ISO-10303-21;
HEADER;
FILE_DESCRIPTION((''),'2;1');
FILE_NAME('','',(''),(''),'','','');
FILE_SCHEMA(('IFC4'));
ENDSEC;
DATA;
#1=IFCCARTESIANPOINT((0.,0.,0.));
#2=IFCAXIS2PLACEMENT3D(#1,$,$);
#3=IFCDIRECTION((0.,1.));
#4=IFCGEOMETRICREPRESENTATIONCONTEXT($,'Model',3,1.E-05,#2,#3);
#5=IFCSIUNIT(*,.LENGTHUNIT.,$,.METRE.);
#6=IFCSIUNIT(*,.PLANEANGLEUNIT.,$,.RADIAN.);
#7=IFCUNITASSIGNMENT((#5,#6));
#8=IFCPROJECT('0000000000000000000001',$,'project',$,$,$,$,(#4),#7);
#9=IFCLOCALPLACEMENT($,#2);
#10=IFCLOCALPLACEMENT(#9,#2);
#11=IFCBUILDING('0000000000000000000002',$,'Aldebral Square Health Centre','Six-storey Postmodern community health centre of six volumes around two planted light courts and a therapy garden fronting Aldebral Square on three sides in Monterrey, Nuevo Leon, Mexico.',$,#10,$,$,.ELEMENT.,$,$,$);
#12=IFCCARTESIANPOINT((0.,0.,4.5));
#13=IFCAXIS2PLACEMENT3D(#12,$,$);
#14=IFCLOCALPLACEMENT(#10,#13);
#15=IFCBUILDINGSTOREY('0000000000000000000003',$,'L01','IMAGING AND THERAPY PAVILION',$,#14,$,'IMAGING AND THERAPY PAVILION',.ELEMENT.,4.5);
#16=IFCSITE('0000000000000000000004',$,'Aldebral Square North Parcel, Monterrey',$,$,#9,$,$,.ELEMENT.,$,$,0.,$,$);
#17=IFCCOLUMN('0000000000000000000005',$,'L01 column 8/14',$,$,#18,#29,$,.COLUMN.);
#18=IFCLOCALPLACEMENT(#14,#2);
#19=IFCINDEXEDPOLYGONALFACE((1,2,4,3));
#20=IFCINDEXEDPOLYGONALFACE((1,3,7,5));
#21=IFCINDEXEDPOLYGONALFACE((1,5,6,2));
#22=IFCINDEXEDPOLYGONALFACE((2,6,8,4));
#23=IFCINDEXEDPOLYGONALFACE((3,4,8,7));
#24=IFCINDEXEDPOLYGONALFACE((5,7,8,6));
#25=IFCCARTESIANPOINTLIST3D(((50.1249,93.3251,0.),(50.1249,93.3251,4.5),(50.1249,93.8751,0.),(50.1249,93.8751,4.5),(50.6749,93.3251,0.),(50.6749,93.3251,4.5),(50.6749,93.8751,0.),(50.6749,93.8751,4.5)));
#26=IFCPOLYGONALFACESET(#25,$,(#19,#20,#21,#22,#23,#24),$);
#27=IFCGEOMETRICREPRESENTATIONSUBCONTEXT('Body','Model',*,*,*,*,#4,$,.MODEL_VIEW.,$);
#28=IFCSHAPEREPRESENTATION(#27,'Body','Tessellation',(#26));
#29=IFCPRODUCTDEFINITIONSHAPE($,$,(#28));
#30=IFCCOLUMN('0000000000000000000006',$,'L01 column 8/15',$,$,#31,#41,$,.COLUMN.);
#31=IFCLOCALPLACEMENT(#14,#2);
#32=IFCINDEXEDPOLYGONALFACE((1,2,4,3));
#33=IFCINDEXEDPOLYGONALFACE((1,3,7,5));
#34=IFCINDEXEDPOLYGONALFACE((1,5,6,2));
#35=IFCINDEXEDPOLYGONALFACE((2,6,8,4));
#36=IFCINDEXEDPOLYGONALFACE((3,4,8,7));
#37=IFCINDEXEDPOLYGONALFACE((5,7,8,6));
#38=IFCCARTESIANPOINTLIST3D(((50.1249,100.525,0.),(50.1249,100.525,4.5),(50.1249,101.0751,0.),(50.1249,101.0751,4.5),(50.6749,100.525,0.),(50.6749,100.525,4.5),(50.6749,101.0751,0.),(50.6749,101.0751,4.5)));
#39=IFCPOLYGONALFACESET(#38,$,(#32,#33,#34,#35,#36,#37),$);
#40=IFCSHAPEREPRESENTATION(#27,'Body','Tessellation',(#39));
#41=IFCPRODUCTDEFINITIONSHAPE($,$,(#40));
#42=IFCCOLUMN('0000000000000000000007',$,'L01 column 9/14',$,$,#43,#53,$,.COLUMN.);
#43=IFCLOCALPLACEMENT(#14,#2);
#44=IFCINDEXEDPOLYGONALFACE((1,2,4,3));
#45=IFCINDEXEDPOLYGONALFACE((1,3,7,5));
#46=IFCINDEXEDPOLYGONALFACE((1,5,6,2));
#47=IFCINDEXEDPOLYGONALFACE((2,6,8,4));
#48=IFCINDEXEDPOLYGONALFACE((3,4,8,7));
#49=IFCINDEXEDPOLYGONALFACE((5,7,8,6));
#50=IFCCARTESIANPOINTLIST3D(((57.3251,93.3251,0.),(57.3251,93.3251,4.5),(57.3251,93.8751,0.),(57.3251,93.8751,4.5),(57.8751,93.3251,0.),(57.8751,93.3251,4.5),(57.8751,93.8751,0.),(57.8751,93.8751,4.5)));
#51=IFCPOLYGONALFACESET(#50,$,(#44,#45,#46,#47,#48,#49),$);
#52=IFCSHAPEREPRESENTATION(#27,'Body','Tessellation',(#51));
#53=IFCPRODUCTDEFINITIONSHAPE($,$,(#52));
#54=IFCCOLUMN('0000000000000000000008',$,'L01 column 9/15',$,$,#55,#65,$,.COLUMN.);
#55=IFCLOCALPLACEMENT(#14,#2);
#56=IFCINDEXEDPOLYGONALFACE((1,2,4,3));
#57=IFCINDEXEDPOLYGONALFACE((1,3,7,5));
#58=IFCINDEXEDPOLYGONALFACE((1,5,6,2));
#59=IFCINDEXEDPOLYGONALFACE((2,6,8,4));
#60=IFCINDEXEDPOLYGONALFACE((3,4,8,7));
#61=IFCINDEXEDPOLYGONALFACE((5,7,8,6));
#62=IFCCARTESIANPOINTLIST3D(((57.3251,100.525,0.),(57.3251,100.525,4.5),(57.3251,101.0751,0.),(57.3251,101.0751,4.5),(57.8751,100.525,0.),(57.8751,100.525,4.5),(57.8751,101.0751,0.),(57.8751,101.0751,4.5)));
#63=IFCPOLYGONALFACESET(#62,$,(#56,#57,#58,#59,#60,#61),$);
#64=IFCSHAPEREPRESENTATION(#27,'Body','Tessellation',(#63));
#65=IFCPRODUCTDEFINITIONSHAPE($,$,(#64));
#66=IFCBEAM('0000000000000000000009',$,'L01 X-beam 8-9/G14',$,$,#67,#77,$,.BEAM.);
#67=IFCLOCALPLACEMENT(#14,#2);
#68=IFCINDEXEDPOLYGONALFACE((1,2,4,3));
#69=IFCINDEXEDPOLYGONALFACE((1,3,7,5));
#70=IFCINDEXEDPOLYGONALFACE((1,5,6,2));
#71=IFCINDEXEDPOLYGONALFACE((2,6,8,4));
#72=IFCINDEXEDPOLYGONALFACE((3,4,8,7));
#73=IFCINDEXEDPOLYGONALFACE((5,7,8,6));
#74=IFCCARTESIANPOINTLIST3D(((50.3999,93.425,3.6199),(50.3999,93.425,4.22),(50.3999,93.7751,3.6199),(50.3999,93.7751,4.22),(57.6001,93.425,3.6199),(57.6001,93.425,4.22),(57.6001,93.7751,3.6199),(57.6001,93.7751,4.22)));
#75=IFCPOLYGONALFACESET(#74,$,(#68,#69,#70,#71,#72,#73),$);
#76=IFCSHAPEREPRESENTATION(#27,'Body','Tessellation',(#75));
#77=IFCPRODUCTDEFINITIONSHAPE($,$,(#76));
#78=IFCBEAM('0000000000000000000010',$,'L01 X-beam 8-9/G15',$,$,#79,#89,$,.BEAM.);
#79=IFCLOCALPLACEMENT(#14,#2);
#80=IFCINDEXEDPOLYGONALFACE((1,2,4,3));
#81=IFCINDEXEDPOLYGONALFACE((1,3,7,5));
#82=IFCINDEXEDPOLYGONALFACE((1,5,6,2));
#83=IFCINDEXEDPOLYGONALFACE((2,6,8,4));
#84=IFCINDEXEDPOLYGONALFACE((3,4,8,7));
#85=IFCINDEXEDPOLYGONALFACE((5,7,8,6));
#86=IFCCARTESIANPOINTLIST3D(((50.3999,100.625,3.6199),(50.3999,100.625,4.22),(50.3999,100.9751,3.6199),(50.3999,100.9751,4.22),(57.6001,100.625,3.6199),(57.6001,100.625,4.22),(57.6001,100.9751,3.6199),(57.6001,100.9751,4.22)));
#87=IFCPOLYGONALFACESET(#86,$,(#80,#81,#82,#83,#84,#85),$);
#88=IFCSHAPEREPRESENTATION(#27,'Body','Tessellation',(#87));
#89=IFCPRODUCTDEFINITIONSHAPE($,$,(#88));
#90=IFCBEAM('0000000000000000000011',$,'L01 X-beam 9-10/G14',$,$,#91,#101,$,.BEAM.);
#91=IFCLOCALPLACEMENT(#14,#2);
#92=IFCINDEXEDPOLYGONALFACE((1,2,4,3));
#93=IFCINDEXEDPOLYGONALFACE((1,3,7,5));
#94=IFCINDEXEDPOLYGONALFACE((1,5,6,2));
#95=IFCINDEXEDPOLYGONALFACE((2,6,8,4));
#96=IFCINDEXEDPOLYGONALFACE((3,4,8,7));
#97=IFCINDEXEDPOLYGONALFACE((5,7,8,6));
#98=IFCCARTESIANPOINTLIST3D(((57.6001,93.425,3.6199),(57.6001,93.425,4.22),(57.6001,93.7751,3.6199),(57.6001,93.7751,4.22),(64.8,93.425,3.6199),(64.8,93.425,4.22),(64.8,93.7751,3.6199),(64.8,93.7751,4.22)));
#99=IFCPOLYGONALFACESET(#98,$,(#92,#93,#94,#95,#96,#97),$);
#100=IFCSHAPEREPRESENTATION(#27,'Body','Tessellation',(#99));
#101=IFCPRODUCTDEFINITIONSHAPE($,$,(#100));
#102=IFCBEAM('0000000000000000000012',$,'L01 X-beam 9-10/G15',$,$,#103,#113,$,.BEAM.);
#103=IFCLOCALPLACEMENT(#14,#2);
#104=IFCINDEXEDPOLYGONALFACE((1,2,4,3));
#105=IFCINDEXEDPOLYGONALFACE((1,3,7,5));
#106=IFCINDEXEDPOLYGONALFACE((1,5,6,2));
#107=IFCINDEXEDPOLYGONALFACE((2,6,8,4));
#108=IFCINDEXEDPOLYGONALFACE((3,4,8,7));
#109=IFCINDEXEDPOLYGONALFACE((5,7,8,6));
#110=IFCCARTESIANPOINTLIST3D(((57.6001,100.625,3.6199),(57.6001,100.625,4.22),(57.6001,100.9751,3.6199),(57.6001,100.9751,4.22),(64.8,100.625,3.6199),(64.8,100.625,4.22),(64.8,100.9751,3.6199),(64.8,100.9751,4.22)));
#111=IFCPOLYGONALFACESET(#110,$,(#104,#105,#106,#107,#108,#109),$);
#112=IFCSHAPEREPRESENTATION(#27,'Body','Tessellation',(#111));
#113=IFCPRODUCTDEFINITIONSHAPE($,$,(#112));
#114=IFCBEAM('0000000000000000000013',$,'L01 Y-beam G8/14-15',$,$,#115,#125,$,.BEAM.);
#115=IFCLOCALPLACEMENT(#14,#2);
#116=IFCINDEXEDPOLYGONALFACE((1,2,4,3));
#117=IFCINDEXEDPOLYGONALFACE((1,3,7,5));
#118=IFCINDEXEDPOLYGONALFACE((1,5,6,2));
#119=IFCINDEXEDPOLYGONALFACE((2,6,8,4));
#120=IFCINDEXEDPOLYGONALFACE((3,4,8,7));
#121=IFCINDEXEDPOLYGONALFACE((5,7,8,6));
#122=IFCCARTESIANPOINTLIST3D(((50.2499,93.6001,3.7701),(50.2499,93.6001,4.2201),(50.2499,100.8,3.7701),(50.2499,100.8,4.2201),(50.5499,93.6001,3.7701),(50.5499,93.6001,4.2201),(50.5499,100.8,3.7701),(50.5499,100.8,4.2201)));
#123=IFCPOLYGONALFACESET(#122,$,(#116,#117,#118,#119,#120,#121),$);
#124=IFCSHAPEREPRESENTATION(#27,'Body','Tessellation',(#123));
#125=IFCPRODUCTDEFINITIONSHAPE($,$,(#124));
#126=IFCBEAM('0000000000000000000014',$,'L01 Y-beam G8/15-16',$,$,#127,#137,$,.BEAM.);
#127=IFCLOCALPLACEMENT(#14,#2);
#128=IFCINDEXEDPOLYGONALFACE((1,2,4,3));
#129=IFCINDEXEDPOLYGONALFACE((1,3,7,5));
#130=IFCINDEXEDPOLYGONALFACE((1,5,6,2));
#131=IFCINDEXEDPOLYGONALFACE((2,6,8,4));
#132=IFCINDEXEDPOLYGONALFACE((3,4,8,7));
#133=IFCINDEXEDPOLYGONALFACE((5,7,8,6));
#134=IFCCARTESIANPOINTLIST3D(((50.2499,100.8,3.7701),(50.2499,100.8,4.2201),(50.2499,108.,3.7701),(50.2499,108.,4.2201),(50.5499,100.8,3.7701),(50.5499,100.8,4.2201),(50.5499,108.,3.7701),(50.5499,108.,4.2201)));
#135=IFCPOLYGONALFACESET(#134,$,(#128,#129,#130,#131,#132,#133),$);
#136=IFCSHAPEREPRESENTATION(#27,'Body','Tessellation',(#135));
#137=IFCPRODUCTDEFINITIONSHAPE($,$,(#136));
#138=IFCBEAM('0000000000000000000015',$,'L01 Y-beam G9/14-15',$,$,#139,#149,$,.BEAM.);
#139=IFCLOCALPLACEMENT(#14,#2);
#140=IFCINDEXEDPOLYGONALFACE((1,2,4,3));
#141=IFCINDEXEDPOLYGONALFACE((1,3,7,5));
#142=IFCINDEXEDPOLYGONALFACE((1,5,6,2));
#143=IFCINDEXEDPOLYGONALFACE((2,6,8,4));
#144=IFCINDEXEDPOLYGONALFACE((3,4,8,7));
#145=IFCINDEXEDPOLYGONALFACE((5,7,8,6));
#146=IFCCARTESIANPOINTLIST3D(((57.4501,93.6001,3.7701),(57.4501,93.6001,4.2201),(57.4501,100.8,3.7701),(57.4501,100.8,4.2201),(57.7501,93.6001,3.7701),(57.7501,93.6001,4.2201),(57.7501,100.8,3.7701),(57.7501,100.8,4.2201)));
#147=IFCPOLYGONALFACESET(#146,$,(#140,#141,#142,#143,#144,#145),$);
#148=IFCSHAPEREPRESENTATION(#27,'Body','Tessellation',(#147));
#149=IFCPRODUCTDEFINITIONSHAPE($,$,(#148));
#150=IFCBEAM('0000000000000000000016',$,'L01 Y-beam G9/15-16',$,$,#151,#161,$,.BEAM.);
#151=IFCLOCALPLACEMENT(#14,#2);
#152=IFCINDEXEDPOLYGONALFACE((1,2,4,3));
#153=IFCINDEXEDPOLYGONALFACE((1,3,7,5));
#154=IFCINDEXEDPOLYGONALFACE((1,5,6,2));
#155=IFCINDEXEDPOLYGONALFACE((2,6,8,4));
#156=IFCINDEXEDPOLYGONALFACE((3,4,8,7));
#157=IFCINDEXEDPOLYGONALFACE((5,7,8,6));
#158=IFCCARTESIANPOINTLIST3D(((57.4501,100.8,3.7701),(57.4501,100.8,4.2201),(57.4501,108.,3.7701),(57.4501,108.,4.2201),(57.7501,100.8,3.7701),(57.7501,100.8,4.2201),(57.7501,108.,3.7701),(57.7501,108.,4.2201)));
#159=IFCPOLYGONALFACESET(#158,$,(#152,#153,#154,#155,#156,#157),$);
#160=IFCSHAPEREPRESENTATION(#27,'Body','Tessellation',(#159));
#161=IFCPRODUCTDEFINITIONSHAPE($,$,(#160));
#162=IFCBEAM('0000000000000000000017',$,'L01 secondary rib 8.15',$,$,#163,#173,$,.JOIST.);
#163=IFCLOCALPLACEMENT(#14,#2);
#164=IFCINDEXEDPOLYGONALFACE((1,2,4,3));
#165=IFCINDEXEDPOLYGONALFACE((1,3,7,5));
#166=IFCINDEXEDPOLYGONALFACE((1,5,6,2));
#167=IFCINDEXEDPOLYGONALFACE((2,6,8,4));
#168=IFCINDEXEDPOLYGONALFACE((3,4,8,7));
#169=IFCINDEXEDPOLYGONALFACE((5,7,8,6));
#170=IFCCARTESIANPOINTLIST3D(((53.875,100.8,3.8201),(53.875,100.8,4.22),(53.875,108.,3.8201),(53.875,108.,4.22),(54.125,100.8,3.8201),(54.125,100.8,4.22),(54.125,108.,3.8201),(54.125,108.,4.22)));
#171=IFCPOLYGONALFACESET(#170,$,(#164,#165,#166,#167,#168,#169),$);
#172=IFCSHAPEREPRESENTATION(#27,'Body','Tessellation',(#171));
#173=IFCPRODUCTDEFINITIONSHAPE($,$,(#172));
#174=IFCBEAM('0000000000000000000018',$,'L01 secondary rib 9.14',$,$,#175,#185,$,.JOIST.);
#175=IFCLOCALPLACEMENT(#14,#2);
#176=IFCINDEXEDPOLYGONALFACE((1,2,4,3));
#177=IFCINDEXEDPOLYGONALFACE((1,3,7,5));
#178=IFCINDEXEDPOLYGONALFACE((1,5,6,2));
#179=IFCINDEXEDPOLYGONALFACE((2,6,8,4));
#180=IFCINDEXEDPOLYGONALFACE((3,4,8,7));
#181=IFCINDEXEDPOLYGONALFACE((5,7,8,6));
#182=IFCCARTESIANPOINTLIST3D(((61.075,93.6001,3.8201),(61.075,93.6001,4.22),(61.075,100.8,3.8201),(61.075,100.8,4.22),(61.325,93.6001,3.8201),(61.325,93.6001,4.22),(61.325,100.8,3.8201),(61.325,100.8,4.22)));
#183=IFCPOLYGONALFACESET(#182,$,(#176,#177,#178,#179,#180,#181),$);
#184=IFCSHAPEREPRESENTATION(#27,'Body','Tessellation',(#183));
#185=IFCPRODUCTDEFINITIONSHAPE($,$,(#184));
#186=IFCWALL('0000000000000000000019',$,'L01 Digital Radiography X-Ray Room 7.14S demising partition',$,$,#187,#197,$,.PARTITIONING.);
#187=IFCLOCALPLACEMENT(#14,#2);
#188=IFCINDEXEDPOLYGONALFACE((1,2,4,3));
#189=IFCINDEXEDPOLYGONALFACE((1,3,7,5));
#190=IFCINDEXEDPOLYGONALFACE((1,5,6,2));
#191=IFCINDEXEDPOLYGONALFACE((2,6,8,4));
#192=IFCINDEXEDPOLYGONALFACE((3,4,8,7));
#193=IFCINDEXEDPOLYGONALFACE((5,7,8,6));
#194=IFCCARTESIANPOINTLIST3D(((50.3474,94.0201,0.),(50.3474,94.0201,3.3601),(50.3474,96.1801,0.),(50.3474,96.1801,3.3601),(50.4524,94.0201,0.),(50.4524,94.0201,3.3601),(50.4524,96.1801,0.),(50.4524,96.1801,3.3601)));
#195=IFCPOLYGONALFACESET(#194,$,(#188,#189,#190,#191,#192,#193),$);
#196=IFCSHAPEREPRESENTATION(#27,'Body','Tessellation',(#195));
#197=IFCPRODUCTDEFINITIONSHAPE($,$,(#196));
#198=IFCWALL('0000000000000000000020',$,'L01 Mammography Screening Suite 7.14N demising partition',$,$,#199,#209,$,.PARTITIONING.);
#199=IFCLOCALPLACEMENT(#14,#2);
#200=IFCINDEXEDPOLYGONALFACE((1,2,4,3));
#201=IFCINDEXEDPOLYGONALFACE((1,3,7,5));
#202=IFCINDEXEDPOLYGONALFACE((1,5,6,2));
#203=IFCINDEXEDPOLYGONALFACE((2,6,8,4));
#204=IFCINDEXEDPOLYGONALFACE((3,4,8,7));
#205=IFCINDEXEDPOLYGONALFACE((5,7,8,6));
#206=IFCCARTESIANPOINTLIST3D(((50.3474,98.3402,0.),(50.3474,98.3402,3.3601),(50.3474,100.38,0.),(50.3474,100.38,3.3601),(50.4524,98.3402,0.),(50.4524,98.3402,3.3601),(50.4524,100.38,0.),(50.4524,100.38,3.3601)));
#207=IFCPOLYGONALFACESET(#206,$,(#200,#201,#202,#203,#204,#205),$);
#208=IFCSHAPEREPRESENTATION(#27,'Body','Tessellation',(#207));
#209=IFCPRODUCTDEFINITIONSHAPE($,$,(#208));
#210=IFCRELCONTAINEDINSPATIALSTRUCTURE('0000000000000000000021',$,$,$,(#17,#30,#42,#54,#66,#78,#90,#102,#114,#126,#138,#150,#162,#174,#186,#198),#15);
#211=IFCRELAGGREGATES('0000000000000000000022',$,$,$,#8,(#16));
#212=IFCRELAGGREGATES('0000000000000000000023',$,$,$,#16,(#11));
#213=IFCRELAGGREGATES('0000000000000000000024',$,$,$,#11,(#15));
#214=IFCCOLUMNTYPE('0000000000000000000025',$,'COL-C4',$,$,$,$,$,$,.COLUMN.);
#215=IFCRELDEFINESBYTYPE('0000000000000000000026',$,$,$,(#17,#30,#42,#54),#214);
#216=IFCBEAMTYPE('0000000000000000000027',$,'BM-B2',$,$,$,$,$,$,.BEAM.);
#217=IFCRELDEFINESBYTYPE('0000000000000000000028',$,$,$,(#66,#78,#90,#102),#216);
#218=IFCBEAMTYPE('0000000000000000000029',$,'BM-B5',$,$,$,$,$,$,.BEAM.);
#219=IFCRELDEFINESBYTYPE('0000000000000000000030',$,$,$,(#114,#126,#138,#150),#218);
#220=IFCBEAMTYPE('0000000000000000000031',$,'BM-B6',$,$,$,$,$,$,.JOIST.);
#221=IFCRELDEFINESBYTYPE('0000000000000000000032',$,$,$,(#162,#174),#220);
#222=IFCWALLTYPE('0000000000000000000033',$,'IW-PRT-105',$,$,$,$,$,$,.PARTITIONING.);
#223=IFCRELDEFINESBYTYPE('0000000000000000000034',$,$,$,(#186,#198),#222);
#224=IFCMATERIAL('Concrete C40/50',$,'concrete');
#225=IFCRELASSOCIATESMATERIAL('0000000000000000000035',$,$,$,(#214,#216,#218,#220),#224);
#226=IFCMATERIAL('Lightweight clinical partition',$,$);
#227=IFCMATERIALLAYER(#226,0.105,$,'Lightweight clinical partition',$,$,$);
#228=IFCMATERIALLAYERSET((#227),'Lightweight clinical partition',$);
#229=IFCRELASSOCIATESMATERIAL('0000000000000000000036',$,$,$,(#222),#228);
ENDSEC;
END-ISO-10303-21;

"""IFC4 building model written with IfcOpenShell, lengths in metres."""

from ifc_helpers import new_model, si_unit, direction, frame, frame_2d, origin, origin_2d, place, context, subcontext, project, spatial, rectangle, extrude, material, layer, layer_set, material_profile, profile_set, type_object, element, save


model = new_model("IFC4")

# Units and contexts
model_context = context("Model", 3, precision=1e-05, world=origin(), true_north=direction((0.0, 1.0)))
body_context = subcontext(model_context, "Body", "Model", "MODEL_VIEW")
ifc_project = project(units=[si_unit("LENGTHUNIT", "METRE"), si_unit("PLANEANGLEUNIT", "RADIAN")], contexts=[model_context])

# Site, building, storey
site_placement = place(None, origin())
site = spatial("IfcSite", under=ifc_project, at=site_placement, Name="Aldebral Square North Parcel, Monterrey", CompositionType="ELEMENT", RefElevation=0.0)
building_placement = place(site_placement, origin())
building = spatial("IfcBuilding", under=site, at=building_placement, Name="Aldebral Square Health Centre", Description="Six-storey Postmodern community health centre of six volumes around two planted light courts and a therapy garden fronting Aldebral Square on three sides in Monterrey, Nuevo Leon, Mexico.", CompositionType="ELEMENT")
storey_placement = place(building_placement, frame((0.0, 0.0, 4.5)))
storey = spatial("IfcBuildingStorey", under=building, at=storey_placement, Name="L01", Description="IMAGING AND THERAPY PAVILION", LongName="IMAGING AND THERAPY PAVILION", CompositionType="ELEMENT", Elevation=4.5)

# Columns
ifc_material_1 = material(Name="Concrete C40/50", Category="concrete")
ifc_material_profile_1 = material_profile(ifc_material_1, rectangle(XDim=0.55, YDim=0.55, at=origin_2d()), Name="RC 550x550")
ifc_profile_set_1 = profile_set([ifc_material_profile_1], Name="Concrete C40/50")
column_type = type_object("IfcColumnType", Name="COL-C4", PredefinedType="COLUMN", material=ifc_profile_set_1)
for number, where, z_axis, x_axis, name in (
    (1, (50.3999, 93.6001, 0.0), (0.0, 0.0, 1.0), (1.0, 0.0, 0.0), "L01 column 8/14"),
    (2, (50.3999, 100.8, 0.0), (0.0, 0.0, 1.0), (1.0, 0.0, 0.0), "L01 column 8/15"),
    (3, (57.6001, 93.6001, 0.0), (0.0, 0.0, 1.0), (1.0, 0.0, 0.0), "L01 column 9/14"),
    (4, (57.6001, 100.8, 0.0), (0.0, 0.0, 1.0), (1.0, 0.0, 0.0), "L01 column 9/15"),
):
    element("IfcColumn", number, at=place(storey_placement, frame(where, z_axis=z_axis, x_axis=x_axis)), inside=storey, type_object=column_type, Name=name, PredefinedType="COLUMN", context=body_context, shape_type="SweptSolid", body=[
        extrude(rectangle(XDim=0.55, YDim=0.55, at=origin_2d()), origin(), (0.0, 0.0, 1.0), 4.5),
    ])

# Beams
ifc_material_profile_2 = material_profile(ifc_material_1, rectangle(XDim=0.3501, YDim=0.6001, at=origin_2d()), Name="RC 350x600")
ifc_profile_set_2 = profile_set([ifc_material_profile_2], Name="Concrete C40/50")
beam_type_1 = type_object("IfcBeamType", Name="BM-B2", PredefinedType="BEAM", material=ifc_profile_set_2)
for number, where, z_axis, x_axis, name in (
    (5, (50.3999, 93.6001, 3.9199), (1.0, 0.0, 0.0), (0.0, 1.0, 0.0), "L01 X-beam 8-9/G14"),
    (6, (50.3999, 100.8, 3.9199), (1.0, 0.0, 0.0), (0.0, 1.0, 0.0), "L01 X-beam 8-9/G15"),
):
    element("IfcBeam", number, at=place(storey_placement, frame(where, z_axis=z_axis, x_axis=x_axis)), inside=storey, type_object=beam_type_1, Name=name, PredefinedType="BEAM", context=body_context, shape_type="SweptSolid", body=[
        extrude(rectangle(XDim=0.3501, YDim=0.6001, at=origin_2d()), origin(), (0.0, 0.0, 1.0), 7.2002),
    ])
for number, where, z_axis, x_axis, name in (
    (7, (57.6001, 93.6001, 3.9199), (1.0, 0.0, 0.0), (0.0, 1.0, 0.0), "L01 X-beam 9-10/G14"),
    (8, (57.6001, 100.8, 3.9199), (1.0, 0.0, 0.0), (0.0, 1.0, 0.0), "L01 X-beam 9-10/G15"),
):
    element("IfcBeam", number, at=place(storey_placement, frame(where, z_axis=z_axis, x_axis=x_axis)), inside=storey, type_object=beam_type_1, Name=name, PredefinedType="BEAM", context=body_context, shape_type="SweptSolid", body=[
        extrude(rectangle(XDim=0.3501, YDim=0.6001, at=origin_2d()), origin(), (0.0, 0.0, 1.0), 7.2),
    ])
ifc_material_profile_3 = material_profile(ifc_material_1, rectangle(XDim=0.3, YDim=0.45, at=origin_2d()), Name="RC 300x450")
ifc_profile_set_3 = profile_set([ifc_material_profile_3], Name="Concrete C40/50")
beam_type_2 = type_object("IfcBeamType", Name="BM-B5", PredefinedType="BEAM", material=ifc_profile_set_3)
for number, where, z_axis, x_axis, name in (
    (9, (50.3999, 93.6001, 3.9951), (0.0, 1.0, 0.0), (-1.0, 0.0, 0.0), "L01 Y-beam G8/14-15"),
    (10, (50.3999, 100.8, 3.9951), (0.0, 1.0, 0.0), (-1.0, 0.0, 0.0), "L01 Y-beam G8/15-16"),
    (11, (57.6001, 93.6001, 3.9951), (0.0, 1.0, 0.0), (-1.0, 0.0, 0.0), "L01 Y-beam G9/14-15"),
    (12, (57.6001, 100.8, 3.9951), (0.0, 1.0, 0.0), (-1.0, 0.0, 0.0), "L01 Y-beam G9/15-16"),
):
    element("IfcBeam", number, at=place(storey_placement, frame(where, z_axis=z_axis, x_axis=x_axis)), inside=storey, type_object=beam_type_2, Name=name, PredefinedType="BEAM", context=body_context, shape_type="SweptSolid", body=[
        extrude(rectangle(XDim=0.3, YDim=0.45, at=origin_2d()), origin(), (0.0, 0.0, 1.0), 7.2),
    ])
ifc_material_profile_4 = material_profile(ifc_material_1, rectangle(XDim=0.25, YDim=0.3999, at=origin_2d()), Name="RC 250x400")
ifc_profile_set_4 = profile_set([ifc_material_profile_4], Name="Concrete C40/50")
beam_type_3 = type_object("IfcBeamType", Name="BM-B6", PredefinedType="JOIST", material=ifc_profile_set_4)
for number, where, z_axis, x_axis, name in (
    (13, (54.0, 100.8, 4.02), (0.0, 1.0, 0.0), (-1.0, 0.0, 0.0), "L01 secondary rib 8.15"),
    (14, (61.2, 93.6001, 4.02), (0.0, 1.0, 0.0), (-1.0, 0.0, 0.0), "L01 secondary rib 9.14"),
):
    element("IfcBeam", number, at=place(storey_placement, frame(where, z_axis=z_axis, x_axis=x_axis)), inside=storey, type_object=beam_type_3, Name=name, PredefinedType="JOIST", context=body_context, shape_type="SweptSolid", body=[
        extrude(rectangle(XDim=0.25, YDim=0.3999, at=origin_2d()), origin(), (0.0, 0.0, 1.0), 7.2),
    ])

# Walls
ifc_material_2 = material(Name="Lightweight clinical partition")
ifc_layer_1 = layer(ifc_material_2, 0.105, Name="Lightweight clinical partition")
ifc_layer_set_1 = layer_set([ifc_layer_1], Name="Lightweight clinical partition")
wall_type_1 = type_object("IfcWallType", Name="IW-PRT-105", PredefinedType="PARTITIONING", material=ifc_layer_set_1)
wall_1_placement = place(storey_placement, frame((50.3999, 94.02, 0.0), z_axis=(0.0, 0.0, 1.0), x_axis=(0.0, 1.0, 0.0)))
element("IfcWall", 15, at=wall_1_placement, inside=storey, type_object=wall_type_1, Name="L01 Digital Radiography X-Ray Room 7.14S demising partition", PredefinedType="PARTITIONING", context=body_context, shape_type="SweptSolid", body=[
    extrude(rectangle(XDim=2.1599, YDim=0.105, at=frame_2d((1.0801, 0.0))), origin(), (0.0, 0.0, 1.0), 3.3601),
])
wall_2_placement = place(storey_placement, frame((50.3999, 98.3401, 0.0), z_axis=(0.0, 0.0, 1.0), x_axis=(0.0, 1.0, 0.0)))
element("IfcWall", 16, at=wall_2_placement, inside=storey, type_object=wall_type_1, Name="L01 Mammography Screening Suite 7.14N demising partition", PredefinedType="PARTITIONING", context=body_context, shape_type="SweptSolid", body=[
    extrude(rectangle(XDim=2.0398, YDim=0.105, at=frame_2d((1.02, 0.0))), origin(), (0.0, 0.0, 1.0), 3.3601),
])

save(model, "model.ifc")
